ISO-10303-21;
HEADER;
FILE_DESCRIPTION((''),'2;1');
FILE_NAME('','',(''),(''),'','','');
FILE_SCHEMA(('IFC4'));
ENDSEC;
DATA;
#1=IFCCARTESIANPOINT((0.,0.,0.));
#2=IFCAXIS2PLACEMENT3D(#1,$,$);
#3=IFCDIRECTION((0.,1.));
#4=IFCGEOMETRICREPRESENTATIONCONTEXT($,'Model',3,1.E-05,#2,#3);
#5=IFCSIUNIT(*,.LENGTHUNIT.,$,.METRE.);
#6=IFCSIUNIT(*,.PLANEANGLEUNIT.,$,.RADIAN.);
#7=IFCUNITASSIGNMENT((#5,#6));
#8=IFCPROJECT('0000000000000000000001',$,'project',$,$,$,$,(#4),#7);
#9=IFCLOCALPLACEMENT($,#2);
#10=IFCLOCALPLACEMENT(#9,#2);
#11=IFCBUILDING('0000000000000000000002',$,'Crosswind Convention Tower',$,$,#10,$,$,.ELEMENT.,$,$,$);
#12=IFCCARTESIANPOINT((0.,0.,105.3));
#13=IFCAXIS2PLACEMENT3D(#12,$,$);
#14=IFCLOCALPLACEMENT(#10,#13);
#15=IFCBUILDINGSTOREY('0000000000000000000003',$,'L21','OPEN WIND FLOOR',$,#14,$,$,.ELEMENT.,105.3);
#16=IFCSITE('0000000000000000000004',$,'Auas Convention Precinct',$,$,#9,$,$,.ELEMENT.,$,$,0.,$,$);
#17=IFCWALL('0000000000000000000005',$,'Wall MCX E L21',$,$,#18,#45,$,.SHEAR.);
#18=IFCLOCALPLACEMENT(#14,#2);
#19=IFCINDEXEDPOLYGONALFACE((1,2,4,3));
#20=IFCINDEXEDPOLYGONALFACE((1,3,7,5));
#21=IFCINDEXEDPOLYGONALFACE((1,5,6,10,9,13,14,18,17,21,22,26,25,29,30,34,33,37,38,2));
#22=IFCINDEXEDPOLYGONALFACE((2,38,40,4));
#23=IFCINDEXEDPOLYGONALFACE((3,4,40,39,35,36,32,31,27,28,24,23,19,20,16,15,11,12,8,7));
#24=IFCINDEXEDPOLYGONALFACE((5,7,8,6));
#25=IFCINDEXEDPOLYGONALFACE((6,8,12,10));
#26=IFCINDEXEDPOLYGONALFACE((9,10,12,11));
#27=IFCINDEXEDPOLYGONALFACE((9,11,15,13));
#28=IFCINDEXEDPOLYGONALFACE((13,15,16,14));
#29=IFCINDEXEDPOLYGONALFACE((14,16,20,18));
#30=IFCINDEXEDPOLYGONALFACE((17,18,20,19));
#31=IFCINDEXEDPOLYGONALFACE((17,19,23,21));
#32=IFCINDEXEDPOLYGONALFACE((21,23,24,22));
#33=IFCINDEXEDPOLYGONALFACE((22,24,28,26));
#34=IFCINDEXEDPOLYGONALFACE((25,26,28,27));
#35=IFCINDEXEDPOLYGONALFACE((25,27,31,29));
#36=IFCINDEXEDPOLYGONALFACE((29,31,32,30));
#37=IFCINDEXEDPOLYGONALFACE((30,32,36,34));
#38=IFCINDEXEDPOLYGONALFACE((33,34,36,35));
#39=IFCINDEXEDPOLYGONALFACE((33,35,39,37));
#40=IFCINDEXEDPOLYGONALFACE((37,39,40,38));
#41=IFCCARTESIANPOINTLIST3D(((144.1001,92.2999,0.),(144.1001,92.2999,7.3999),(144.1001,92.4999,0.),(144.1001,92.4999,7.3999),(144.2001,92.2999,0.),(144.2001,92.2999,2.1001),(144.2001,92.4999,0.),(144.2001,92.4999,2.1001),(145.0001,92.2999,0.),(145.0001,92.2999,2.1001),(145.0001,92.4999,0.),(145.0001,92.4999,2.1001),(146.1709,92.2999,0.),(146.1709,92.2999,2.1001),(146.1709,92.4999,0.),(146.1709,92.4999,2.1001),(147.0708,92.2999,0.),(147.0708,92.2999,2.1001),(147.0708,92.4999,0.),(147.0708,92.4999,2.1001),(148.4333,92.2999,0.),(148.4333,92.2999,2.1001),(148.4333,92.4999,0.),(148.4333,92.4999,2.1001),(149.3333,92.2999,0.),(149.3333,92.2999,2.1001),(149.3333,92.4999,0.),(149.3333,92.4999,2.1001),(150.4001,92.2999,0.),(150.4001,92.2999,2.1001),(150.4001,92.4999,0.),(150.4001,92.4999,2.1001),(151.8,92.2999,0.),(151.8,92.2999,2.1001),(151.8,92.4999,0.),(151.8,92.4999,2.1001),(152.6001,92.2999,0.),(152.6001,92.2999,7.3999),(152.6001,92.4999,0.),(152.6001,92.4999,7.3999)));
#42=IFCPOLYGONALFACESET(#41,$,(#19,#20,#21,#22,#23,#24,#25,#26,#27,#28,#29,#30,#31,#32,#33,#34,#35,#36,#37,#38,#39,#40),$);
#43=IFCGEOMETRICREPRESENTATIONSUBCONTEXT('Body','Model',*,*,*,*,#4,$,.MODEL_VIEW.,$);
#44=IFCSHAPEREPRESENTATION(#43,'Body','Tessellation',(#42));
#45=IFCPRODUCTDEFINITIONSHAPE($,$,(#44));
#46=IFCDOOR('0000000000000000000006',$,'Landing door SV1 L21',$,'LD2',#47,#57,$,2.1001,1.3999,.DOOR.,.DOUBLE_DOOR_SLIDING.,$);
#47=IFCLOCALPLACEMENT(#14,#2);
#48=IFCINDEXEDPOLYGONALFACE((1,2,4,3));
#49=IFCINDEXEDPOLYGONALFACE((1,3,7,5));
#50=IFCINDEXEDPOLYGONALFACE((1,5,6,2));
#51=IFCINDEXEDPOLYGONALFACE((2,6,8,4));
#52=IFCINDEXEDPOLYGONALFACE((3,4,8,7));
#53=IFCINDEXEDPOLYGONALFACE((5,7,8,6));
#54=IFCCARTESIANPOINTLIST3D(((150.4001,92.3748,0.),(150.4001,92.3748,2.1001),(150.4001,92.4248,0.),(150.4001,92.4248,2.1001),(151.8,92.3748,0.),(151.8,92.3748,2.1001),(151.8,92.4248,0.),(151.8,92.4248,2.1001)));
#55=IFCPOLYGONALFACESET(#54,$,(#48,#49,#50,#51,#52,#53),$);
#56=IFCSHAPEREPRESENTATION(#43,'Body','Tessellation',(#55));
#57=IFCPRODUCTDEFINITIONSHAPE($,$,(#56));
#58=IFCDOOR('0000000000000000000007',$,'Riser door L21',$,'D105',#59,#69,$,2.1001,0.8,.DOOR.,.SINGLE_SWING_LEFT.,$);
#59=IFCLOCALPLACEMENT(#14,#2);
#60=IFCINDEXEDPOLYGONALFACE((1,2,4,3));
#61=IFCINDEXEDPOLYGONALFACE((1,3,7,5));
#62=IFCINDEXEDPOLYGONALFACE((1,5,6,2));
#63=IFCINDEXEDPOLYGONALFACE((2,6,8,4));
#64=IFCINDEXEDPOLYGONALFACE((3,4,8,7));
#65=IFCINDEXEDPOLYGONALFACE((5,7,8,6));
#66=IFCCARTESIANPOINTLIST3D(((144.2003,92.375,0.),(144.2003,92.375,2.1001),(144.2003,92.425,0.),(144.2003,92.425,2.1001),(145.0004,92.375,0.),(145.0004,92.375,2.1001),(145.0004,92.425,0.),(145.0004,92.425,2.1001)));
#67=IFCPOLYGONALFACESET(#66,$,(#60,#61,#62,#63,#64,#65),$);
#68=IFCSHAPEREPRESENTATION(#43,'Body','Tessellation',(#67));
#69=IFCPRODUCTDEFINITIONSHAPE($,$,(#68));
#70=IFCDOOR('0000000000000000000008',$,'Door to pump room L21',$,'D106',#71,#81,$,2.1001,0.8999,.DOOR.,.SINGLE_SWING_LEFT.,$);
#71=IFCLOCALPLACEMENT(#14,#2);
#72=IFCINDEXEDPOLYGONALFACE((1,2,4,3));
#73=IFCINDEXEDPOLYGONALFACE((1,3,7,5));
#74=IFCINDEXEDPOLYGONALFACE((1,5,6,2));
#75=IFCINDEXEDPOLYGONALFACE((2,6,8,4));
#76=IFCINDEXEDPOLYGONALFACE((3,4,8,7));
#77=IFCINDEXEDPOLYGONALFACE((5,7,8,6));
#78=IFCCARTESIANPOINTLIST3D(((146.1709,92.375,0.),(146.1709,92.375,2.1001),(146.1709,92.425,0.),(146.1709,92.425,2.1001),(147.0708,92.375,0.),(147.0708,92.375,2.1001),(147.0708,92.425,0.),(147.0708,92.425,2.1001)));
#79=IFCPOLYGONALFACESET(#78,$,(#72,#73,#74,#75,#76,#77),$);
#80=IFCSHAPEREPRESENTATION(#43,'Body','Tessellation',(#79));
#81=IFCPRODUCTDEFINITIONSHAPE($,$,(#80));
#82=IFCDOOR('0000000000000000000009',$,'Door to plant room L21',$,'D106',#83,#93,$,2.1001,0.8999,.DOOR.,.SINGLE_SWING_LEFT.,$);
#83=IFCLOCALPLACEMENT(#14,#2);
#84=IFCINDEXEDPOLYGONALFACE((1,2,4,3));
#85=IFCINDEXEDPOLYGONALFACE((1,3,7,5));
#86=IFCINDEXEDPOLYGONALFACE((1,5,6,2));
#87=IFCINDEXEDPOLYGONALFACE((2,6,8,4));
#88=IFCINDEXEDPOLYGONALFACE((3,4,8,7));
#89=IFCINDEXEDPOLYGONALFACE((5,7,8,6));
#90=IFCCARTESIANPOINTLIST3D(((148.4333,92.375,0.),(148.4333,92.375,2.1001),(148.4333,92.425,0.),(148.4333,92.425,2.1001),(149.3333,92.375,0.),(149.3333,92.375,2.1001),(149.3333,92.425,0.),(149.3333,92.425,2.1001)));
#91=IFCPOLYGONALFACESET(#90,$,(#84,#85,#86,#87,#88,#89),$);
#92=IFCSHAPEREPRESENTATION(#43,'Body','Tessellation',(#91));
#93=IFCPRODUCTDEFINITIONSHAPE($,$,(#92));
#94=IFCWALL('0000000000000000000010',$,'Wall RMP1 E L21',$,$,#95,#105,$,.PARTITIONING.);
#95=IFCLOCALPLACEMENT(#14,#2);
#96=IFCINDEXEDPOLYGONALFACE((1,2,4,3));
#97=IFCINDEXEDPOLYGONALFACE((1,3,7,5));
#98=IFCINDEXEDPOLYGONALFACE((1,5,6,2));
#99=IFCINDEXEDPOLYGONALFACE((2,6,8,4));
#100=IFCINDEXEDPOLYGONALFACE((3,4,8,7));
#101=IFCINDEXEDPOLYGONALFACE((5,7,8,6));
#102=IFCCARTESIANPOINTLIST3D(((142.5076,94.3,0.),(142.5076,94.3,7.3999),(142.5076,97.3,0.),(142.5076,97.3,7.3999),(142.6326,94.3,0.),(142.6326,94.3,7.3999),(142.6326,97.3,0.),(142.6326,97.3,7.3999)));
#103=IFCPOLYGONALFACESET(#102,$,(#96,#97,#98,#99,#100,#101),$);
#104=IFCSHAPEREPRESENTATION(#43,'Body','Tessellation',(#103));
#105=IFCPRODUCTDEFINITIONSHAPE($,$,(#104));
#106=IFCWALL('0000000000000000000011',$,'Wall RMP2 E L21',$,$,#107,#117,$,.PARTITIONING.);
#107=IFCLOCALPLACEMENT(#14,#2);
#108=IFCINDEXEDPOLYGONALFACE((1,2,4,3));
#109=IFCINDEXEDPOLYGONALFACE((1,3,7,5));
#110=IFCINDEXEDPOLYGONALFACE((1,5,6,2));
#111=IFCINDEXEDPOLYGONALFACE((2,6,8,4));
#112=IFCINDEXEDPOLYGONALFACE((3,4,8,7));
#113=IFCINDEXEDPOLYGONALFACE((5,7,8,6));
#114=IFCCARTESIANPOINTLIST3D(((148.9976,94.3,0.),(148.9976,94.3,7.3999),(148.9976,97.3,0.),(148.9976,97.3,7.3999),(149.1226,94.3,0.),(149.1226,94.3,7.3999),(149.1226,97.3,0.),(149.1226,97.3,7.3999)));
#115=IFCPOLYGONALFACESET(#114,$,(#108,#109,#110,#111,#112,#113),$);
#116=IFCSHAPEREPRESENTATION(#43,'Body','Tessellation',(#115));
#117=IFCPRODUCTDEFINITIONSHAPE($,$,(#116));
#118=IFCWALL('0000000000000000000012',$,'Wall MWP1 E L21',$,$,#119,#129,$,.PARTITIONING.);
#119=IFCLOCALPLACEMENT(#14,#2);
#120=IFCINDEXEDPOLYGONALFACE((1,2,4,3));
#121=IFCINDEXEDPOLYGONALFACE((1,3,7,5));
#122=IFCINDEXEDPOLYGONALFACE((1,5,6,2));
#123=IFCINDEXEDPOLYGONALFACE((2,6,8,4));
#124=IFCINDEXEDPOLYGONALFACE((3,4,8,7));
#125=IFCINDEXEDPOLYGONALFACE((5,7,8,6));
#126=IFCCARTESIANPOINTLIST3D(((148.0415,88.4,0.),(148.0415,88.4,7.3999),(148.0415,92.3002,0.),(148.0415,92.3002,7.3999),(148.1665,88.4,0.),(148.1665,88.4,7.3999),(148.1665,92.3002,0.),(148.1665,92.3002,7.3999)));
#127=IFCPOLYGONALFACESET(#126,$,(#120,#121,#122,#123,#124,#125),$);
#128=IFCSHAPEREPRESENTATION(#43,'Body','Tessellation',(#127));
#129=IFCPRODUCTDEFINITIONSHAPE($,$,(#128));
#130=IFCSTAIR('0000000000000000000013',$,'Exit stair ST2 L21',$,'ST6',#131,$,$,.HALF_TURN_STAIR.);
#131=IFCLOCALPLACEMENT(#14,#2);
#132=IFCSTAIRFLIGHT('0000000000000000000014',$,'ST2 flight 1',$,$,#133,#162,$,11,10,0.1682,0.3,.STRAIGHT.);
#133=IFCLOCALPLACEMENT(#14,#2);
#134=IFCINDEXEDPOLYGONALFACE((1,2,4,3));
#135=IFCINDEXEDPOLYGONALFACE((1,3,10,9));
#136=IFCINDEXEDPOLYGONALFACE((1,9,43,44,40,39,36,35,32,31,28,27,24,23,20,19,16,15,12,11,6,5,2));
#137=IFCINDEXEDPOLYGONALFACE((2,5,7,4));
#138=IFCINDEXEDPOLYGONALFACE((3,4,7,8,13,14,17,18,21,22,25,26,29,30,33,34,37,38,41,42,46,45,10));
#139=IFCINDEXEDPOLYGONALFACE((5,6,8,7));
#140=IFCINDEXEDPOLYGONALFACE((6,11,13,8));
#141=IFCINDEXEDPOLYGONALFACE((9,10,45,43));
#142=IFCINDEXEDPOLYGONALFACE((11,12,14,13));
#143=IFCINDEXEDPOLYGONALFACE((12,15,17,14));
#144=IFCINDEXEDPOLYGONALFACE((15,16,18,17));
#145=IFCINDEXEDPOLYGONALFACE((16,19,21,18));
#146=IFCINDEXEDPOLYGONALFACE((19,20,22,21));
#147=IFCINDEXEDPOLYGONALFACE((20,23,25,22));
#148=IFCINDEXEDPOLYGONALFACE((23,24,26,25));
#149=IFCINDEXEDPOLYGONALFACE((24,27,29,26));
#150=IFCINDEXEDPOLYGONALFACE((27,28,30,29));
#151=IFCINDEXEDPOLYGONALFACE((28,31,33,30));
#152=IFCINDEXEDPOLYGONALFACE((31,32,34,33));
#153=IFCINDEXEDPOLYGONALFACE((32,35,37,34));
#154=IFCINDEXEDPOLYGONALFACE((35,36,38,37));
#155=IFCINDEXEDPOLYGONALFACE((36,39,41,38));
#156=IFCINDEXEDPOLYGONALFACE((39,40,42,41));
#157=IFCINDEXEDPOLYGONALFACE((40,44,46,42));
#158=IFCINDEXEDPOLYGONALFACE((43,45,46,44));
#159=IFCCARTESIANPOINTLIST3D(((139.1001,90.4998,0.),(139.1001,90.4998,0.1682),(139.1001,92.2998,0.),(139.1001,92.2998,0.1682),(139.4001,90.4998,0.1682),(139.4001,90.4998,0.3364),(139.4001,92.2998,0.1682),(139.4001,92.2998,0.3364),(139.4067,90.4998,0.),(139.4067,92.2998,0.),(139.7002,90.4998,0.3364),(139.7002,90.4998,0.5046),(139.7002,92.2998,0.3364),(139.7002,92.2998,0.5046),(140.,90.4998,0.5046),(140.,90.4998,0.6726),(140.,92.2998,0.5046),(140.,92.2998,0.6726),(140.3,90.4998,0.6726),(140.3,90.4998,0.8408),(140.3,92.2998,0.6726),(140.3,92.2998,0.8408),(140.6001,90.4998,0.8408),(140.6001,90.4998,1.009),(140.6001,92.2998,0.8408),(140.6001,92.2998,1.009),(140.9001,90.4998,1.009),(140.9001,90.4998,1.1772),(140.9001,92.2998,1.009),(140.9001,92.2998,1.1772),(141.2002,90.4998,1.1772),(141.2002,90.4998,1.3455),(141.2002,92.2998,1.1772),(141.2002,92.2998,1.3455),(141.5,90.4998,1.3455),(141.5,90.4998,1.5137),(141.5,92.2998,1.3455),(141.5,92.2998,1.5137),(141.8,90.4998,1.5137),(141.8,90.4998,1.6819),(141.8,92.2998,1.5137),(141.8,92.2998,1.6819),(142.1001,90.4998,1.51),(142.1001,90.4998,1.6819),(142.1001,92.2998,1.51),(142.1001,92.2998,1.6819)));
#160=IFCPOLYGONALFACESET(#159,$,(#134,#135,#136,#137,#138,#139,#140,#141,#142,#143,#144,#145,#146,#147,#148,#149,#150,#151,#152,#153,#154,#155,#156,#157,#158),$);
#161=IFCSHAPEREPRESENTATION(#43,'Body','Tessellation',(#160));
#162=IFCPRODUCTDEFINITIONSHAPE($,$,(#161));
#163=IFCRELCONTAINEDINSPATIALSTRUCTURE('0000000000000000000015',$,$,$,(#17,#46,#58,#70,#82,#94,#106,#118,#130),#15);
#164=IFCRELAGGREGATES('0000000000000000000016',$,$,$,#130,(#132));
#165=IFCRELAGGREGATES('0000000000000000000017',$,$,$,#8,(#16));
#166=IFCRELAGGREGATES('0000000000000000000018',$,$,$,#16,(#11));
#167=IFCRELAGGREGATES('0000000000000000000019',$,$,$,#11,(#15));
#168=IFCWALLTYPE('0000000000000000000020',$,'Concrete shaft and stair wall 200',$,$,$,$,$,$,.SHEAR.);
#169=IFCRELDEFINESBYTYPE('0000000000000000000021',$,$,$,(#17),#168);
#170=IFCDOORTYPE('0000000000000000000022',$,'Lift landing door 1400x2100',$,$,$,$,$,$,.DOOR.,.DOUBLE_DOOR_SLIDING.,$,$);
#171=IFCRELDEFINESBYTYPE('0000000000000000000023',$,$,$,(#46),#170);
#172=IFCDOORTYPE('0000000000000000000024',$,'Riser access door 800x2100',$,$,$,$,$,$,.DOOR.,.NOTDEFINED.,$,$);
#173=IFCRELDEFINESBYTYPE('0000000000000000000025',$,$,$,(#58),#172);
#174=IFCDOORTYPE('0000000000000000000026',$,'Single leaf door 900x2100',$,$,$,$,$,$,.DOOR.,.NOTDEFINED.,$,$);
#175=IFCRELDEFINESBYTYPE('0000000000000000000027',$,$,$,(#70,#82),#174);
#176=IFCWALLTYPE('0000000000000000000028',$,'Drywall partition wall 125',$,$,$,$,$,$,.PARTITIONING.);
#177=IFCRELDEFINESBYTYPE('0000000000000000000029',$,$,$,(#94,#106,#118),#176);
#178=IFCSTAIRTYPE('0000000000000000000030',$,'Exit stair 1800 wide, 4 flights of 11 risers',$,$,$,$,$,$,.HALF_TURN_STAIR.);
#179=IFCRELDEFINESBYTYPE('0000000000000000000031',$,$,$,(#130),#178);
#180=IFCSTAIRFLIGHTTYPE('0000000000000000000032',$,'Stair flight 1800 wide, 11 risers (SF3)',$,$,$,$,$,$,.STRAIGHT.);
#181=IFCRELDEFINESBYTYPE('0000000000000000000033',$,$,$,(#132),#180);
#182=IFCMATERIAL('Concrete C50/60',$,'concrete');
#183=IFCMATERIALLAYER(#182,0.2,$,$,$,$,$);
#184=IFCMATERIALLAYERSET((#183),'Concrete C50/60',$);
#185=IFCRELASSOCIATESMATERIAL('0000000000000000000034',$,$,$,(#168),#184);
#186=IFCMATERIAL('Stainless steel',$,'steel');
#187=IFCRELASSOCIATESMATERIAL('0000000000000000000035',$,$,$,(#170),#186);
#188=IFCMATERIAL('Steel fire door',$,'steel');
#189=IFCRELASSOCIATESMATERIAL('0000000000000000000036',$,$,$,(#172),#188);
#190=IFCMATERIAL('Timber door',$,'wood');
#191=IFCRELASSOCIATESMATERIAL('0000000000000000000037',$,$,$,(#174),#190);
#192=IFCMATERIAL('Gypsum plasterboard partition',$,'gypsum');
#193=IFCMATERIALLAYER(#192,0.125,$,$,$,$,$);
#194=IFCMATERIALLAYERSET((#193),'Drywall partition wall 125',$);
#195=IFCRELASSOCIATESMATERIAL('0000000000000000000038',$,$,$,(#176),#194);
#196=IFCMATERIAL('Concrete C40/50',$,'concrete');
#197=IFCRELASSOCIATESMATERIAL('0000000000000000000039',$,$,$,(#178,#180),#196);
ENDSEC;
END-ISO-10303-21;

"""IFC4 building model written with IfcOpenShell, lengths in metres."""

from ifc_helpers import new_model, si_unit, direction, frame, frame_2d, origin, place, context, subcontext, project, spatial, polyline, rectangle, outline, extrude, material, layer, layer_set, type_object, element, fill, aggregate, save


model = new_model("IFC4")

# Units and contexts
model_context = context("Model", 3, precision=1e-05, world=origin(), true_north=direction((0.0, 1.0)))
body_context = subcontext(model_context, "Body", "Model", "MODEL_VIEW")
ifc_project = project(units=[si_unit("LENGTHUNIT", "METRE"), si_unit("PLANEANGLEUNIT", "RADIAN")], contexts=[model_context])

# Site, building, storey
site_placement = place(None, origin())
site = spatial("IfcSite", under=ifc_project, at=site_placement, Name="Auas Convention Precinct", CompositionType="ELEMENT", RefElevation=0.0)
building_placement = place(site_placement, origin())
building = spatial("IfcBuilding", under=site, at=building_placement, Name="Crosswind Convention Tower", CompositionType="ELEMENT")
storey_placement = place(building_placement, frame((0.0, 0.0, 105.3)))
storey = spatial("IfcBuildingStorey", under=building, at=storey_placement, Name="L21", Description="OPEN WIND FLOOR", CompositionType="ELEMENT", Elevation=105.3)

# Shared definitions
ifc_material_1 = material(Name="Concrete C50/60", Category="concrete")

# Shared definitions
ifc_layer_1 = layer(ifc_material_1, 0.2)
ifc_layer_set_1 = layer_set([ifc_layer_1], Name="Concrete C50/60")
wall_type_1 = type_object("IfcWallType", Name="Concrete shaft and stair wall 200", PredefinedType="SHEAR", material=ifc_layer_set_1)

# Shared definitions
ifc_material_2 = material(Name="Steel fire door", Category="steel")

# Wall, openings, doors
wall_1_placement = place(storey_placement, frame((144.1001, 92.3999, 0.0), z_axis=(0.0, 0.0, 1.0), x_axis=(1.0, 0.0, 0.0)))
wall_1 = element("IfcWall", 1, at=wall_1_placement, inside=storey, type_object=wall_type_1, Name="Wall MCX E L21", PredefinedType="SHEAR", context=body_context, shape_type="SweptSolid", body=[
    extrude(rectangle(XDim=8.5, YDim=0.2, at=frame_2d((4.25, 0.0))), origin(), (0.0, 0.0, 1.0), 7.3999),
])
opening_1_placement = place(wall_1_placement, frame((0.1001, 0.0, 0.0)))
opening_1 = element("IfcOpeningElement", 2, at=opening_1_placement, cuts=wall_1, PredefinedType="OPENING", context=body_context, shape_type="SweptSolid", body=[
    extrude(rectangle(XDim=0.8, YDim=2.1001, at=frame_2d((0.3999, 1.05))), frame((0.0, 0.1099, 0.0), z_axis=(0.0, -1.0, 0.0), x_axis=(1.0, 0.0, 0.0)), (0.0, 0.0, 1.0), 0.22),
])
opening_2_placement = place(wall_1_placement, frame((2.0708, 0.0, 0.0)))
opening_2 = element("IfcOpeningElement", 3, at=opening_2_placement, cuts=wall_1, PredefinedType="OPENING", context=body_context, shape_type="SweptSolid", body=[
    extrude(rectangle(XDim=0.8999, YDim=2.1001, at=frame_2d((0.45, 1.05))), frame((0.0, 0.1099, 0.0), z_axis=(0.0, -1.0, 0.0), x_axis=(1.0, 0.0, 0.0)), (0.0, 0.0, 1.0), 0.22),
])
opening_3_placement = place(wall_1_placement, frame((4.3333, 0.0, 0.0)))
opening_3 = element("IfcOpeningElement", 4, at=opening_3_placement, cuts=wall_1, PredefinedType="OPENING", context=body_context, shape_type="SweptSolid", body=[
    extrude(rectangle(XDim=0.8999, YDim=2.1001, at=frame_2d((0.45, 1.05))), frame((0.0, 0.1099, 0.0), z_axis=(0.0, -1.0, 0.0), x_axis=(1.0, 0.0, 0.0)), (0.0, 0.0, 1.0), 0.22),
])
opening_4_placement = place(wall_1_placement, frame((6.3, 0.0, 0.0)))
opening_4 = element("IfcOpeningElement", 5, at=opening_4_placement, cuts=wall_1, PredefinedType="OPENING", context=body_context, shape_type="SweptSolid", body=[
    extrude(rectangle(XDim=1.3999, YDim=2.1001, at=frame_2d((0.7, 1.05))), frame((0.0, 0.1099, 0.0), z_axis=(0.0, -1.0, 0.0), x_axis=(1.0, 0.0, 0.0)), (0.0, 0.0, 1.0), 0.22),
])
ifc_material_3 = material(Name="Stainless steel", Category="steel")
door_type_1 = type_object("IfcDoorType", Name="Lift landing door 1400x2100", OperationType="DOUBLE_DOOR_SLIDING", PredefinedType="DOOR", material=ifc_material_3)
door_1_placement = place(opening_4_placement, origin())
door_1 = element("IfcDoor", 6, at=door_1_placement, inside=storey, type_object=door_type_1, Name="Landing door SV1 L21", ObjectType="LD2", OperationType="DOUBLE_DOOR_SLIDING", OverallHeight=2.1001, OverallWidth=1.3999, PredefinedType="DOOR", context=body_context, shape_type="SweptSolid", body=[
    extrude(rectangle(XDim=1.3999, YDim=2.1001, at=frame_2d((0.7, 1.05))), frame((0.0, 0.0249, 0.0), z_axis=(0.0, -1.0, 0.0), x_axis=(1.0, 0.0, 0.0)), (0.0, 0.0, 1.0), 0.05),
])
fill(opening_4, door_1)
door_type_2 = type_object("IfcDoorType", Name="Riser access door 800x2100", OperationType="NOTDEFINED", PredefinedType="DOOR", material=ifc_material_2)
door_2_placement = place(opening_1_placement, frame((0.8, 0.0, 0.0), z_axis=(0.0, 0.0, 1.0), x_axis=(-1.0, 0.0, 0.0)))
door_2 = element("IfcDoor", 7, at=door_2_placement, inside=storey, type_object=door_type_2, Name="Riser door L21", ObjectType="D105", OperationType="SINGLE_SWING_LEFT", OverallHeight=2.1001, OverallWidth=0.8, PredefinedType="DOOR", context=body_context, shape_type="SweptSolid", body=[
    extrude(rectangle(XDim=0.8, YDim=2.1001, at=frame_2d((0.3999, 1.05))), frame((0.0, 0.0249, 0.0), z_axis=(0.0, -1.0, 0.0), x_axis=(1.0, 0.0, 0.0)), (0.0, 0.0, 1.0), 0.05),
])
fill(opening_1, door_2)
ifc_material_4 = material(Name="Timber door", Category="wood")
door_type_3 = type_object("IfcDoorType", Name="Single leaf door 900x2100", OperationType="NOTDEFINED", PredefinedType="DOOR", material=ifc_material_4)
door_3_placement = place(opening_2_placement, frame((0.8999, 0.0, 0.0), z_axis=(0.0, 0.0, 1.0), x_axis=(-1.0, 0.0, 0.0)))
door_3 = element("IfcDoor", 8, at=door_3_placement, inside=storey, type_object=door_type_3, Name="Door to pump room L21", ObjectType="D106", OperationType="SINGLE_SWING_LEFT", OverallHeight=2.1001, OverallWidth=0.8999, PredefinedType="DOOR", context=body_context, shape_type="SweptSolid", body=[
    extrude(rectangle(XDim=0.8999, YDim=2.1001, at=frame_2d((0.45, 1.05))), frame((0.0, 0.0249, 0.0), z_axis=(0.0, -1.0, 0.0), x_axis=(1.0, 0.0, 0.0)), (0.0, 0.0, 1.0), 0.05),
])
fill(opening_2, door_3)
door_4_placement = place(opening_3_placement, frame((0.8999, 0.0, 0.0), z_axis=(0.0, 0.0, 1.0), x_axis=(-1.0, 0.0, 0.0)))
door_4 = element("IfcDoor", 9, at=door_4_placement, inside=storey, type_object=door_type_3, Name="Door to plant room L21", ObjectType="D106", OperationType="SINGLE_SWING_LEFT", OverallHeight=2.1001, OverallWidth=0.8999, PredefinedType="DOOR", context=body_context, shape_type="SweptSolid", body=[
    extrude(rectangle(XDim=0.8999, YDim=2.1001, at=frame_2d((0.45, 1.05))), frame((0.0, 0.0249, 0.0), z_axis=(0.0, -1.0, 0.0), x_axis=(1.0, 0.0, 0.0)), (0.0, 0.0, 1.0), 0.05),
])
fill(opening_3, door_4)

# Walls
ifc_material_5 = material(Name="Gypsum plasterboard partition", Category="gypsum")
ifc_layer_2 = layer(ifc_material_5, 0.125)
ifc_layer_set_2 = layer_set([ifc_layer_2], Name="Drywall partition wall 125")
wall_type_2 = type_object("IfcWallType", Name="Drywall partition wall 125", PredefinedType="PARTITIONING", material=ifc_layer_set_2)
for number, where, z_axis, x_axis, name in (
    (10, (142.5701, 94.3, 0.0), (0.0, 0.0, 1.0), (0.0, 1.0, 0.0), "Wall RMP1 E L21"),
    (11, (149.0601, 94.3, 0.0), (0.0, 0.0, 1.0), (0.0, 1.0, 0.0), "Wall RMP2 E L21"),
):
    element("IfcWall", number, at=place(storey_placement, frame(where, z_axis=z_axis, x_axis=x_axis)), inside=storey, type_object=wall_type_2, Name=name, PredefinedType="PARTITIONING", context=body_context, shape_type="SweptSolid", body=[
        extrude(rectangle(XDim=3.0, YDim=0.125, at=frame_2d((1.5, 0.0))), origin(), (0.0, 0.0, 1.0), 7.3999),
    ])
wall_2_placement = place(storey_placement, frame((148.104, 88.3999, 0.0), z_axis=(0.0, 0.0, 1.0), x_axis=(0.0, 1.0, 0.0)))
element("IfcWall", 12, at=wall_2_placement, inside=storey, type_object=wall_type_2, Name="Wall MWP1 E L21", PredefinedType="PARTITIONING", context=body_context, shape_type="SweptSolid", body=[
    extrude(rectangle(XDim=3.9001, YDim=0.125, at=frame_2d((1.9502, 0.0))), origin(), (0.0, 0.0, 1.0), 7.3999),
])

# Stair, stair flight
ifc_material_6 = material(Name="Concrete C40/50", Category="concrete")
stair_type = type_object("IfcStairType", Name="Exit stair 1800 wide, 4 flights of 11 risers", PredefinedType="HALF_TURN_STAIR", material=ifc_material_6)
stair_placement = place(storey_placement, origin())
stair = element("IfcStair", 13, at=stair_placement, inside=storey, type_object=stair_type, Name="Exit stair ST2 L21", ObjectType="ST6", PredefinedType="HALF_TURN_STAIR")
stair_flight_type = type_object("IfcStairFlightType", Name="Stair flight 1800 wide, 11 risers (SF3)", PredefinedType="STRAIGHT", material=ifc_material_6)
stair_flight_1_placement = place(storey_placement, frame((139.1001, 91.3999, 0.0), z_axis=(0.0, 0.0, 1.0), x_axis=(1.0, 0.0, 0.0)))
stair_flight_1 = element("IfcStairFlight", 14, at=stair_flight_1_placement, type_object=stair_flight_type, Name="ST2 flight 1", NumberOfRisers=11, NumberOfTreads=10, PredefinedType="STRAIGHT", RiserHeight=0.1682, TreadLength=0.3, context=body_context, shape_type="SweptSolid", body=[
    extrude(outline(polyline([(0.0, 0.0), (0.0, 0.1682), (0.3, 0.1682), (0.3, 0.3364), (0.6001, 0.3364), (0.6001, 0.5046), (0.8999, 0.5046), (0.8999, 0.6726), (1.2, 0.6726), (1.2, 0.8408), (1.5, 0.8408), (1.5, 1.009), (1.8, 1.009), (1.8, 1.1772), (2.1001, 1.1772), (2.1001, 1.3455), (2.3999, 1.3455), (2.3999, 1.5137), (2.7, 1.5137), (2.7, 1.6819), (3.0, 1.6819), (3.0, 1.8501), (3.0, 1.51), (0.3066, 0.0), (0.0, 0.0)])), frame((0.0, 0.8999, 0.0), z_axis=(0.0, -1.0, 0.0), x_axis=(1.0, 0.0, 0.0)), (0.0, 0.0, 1.0), 1.8),
])
aggregate(stair, [stair_flight_1])

save(model, "model.ifc")
